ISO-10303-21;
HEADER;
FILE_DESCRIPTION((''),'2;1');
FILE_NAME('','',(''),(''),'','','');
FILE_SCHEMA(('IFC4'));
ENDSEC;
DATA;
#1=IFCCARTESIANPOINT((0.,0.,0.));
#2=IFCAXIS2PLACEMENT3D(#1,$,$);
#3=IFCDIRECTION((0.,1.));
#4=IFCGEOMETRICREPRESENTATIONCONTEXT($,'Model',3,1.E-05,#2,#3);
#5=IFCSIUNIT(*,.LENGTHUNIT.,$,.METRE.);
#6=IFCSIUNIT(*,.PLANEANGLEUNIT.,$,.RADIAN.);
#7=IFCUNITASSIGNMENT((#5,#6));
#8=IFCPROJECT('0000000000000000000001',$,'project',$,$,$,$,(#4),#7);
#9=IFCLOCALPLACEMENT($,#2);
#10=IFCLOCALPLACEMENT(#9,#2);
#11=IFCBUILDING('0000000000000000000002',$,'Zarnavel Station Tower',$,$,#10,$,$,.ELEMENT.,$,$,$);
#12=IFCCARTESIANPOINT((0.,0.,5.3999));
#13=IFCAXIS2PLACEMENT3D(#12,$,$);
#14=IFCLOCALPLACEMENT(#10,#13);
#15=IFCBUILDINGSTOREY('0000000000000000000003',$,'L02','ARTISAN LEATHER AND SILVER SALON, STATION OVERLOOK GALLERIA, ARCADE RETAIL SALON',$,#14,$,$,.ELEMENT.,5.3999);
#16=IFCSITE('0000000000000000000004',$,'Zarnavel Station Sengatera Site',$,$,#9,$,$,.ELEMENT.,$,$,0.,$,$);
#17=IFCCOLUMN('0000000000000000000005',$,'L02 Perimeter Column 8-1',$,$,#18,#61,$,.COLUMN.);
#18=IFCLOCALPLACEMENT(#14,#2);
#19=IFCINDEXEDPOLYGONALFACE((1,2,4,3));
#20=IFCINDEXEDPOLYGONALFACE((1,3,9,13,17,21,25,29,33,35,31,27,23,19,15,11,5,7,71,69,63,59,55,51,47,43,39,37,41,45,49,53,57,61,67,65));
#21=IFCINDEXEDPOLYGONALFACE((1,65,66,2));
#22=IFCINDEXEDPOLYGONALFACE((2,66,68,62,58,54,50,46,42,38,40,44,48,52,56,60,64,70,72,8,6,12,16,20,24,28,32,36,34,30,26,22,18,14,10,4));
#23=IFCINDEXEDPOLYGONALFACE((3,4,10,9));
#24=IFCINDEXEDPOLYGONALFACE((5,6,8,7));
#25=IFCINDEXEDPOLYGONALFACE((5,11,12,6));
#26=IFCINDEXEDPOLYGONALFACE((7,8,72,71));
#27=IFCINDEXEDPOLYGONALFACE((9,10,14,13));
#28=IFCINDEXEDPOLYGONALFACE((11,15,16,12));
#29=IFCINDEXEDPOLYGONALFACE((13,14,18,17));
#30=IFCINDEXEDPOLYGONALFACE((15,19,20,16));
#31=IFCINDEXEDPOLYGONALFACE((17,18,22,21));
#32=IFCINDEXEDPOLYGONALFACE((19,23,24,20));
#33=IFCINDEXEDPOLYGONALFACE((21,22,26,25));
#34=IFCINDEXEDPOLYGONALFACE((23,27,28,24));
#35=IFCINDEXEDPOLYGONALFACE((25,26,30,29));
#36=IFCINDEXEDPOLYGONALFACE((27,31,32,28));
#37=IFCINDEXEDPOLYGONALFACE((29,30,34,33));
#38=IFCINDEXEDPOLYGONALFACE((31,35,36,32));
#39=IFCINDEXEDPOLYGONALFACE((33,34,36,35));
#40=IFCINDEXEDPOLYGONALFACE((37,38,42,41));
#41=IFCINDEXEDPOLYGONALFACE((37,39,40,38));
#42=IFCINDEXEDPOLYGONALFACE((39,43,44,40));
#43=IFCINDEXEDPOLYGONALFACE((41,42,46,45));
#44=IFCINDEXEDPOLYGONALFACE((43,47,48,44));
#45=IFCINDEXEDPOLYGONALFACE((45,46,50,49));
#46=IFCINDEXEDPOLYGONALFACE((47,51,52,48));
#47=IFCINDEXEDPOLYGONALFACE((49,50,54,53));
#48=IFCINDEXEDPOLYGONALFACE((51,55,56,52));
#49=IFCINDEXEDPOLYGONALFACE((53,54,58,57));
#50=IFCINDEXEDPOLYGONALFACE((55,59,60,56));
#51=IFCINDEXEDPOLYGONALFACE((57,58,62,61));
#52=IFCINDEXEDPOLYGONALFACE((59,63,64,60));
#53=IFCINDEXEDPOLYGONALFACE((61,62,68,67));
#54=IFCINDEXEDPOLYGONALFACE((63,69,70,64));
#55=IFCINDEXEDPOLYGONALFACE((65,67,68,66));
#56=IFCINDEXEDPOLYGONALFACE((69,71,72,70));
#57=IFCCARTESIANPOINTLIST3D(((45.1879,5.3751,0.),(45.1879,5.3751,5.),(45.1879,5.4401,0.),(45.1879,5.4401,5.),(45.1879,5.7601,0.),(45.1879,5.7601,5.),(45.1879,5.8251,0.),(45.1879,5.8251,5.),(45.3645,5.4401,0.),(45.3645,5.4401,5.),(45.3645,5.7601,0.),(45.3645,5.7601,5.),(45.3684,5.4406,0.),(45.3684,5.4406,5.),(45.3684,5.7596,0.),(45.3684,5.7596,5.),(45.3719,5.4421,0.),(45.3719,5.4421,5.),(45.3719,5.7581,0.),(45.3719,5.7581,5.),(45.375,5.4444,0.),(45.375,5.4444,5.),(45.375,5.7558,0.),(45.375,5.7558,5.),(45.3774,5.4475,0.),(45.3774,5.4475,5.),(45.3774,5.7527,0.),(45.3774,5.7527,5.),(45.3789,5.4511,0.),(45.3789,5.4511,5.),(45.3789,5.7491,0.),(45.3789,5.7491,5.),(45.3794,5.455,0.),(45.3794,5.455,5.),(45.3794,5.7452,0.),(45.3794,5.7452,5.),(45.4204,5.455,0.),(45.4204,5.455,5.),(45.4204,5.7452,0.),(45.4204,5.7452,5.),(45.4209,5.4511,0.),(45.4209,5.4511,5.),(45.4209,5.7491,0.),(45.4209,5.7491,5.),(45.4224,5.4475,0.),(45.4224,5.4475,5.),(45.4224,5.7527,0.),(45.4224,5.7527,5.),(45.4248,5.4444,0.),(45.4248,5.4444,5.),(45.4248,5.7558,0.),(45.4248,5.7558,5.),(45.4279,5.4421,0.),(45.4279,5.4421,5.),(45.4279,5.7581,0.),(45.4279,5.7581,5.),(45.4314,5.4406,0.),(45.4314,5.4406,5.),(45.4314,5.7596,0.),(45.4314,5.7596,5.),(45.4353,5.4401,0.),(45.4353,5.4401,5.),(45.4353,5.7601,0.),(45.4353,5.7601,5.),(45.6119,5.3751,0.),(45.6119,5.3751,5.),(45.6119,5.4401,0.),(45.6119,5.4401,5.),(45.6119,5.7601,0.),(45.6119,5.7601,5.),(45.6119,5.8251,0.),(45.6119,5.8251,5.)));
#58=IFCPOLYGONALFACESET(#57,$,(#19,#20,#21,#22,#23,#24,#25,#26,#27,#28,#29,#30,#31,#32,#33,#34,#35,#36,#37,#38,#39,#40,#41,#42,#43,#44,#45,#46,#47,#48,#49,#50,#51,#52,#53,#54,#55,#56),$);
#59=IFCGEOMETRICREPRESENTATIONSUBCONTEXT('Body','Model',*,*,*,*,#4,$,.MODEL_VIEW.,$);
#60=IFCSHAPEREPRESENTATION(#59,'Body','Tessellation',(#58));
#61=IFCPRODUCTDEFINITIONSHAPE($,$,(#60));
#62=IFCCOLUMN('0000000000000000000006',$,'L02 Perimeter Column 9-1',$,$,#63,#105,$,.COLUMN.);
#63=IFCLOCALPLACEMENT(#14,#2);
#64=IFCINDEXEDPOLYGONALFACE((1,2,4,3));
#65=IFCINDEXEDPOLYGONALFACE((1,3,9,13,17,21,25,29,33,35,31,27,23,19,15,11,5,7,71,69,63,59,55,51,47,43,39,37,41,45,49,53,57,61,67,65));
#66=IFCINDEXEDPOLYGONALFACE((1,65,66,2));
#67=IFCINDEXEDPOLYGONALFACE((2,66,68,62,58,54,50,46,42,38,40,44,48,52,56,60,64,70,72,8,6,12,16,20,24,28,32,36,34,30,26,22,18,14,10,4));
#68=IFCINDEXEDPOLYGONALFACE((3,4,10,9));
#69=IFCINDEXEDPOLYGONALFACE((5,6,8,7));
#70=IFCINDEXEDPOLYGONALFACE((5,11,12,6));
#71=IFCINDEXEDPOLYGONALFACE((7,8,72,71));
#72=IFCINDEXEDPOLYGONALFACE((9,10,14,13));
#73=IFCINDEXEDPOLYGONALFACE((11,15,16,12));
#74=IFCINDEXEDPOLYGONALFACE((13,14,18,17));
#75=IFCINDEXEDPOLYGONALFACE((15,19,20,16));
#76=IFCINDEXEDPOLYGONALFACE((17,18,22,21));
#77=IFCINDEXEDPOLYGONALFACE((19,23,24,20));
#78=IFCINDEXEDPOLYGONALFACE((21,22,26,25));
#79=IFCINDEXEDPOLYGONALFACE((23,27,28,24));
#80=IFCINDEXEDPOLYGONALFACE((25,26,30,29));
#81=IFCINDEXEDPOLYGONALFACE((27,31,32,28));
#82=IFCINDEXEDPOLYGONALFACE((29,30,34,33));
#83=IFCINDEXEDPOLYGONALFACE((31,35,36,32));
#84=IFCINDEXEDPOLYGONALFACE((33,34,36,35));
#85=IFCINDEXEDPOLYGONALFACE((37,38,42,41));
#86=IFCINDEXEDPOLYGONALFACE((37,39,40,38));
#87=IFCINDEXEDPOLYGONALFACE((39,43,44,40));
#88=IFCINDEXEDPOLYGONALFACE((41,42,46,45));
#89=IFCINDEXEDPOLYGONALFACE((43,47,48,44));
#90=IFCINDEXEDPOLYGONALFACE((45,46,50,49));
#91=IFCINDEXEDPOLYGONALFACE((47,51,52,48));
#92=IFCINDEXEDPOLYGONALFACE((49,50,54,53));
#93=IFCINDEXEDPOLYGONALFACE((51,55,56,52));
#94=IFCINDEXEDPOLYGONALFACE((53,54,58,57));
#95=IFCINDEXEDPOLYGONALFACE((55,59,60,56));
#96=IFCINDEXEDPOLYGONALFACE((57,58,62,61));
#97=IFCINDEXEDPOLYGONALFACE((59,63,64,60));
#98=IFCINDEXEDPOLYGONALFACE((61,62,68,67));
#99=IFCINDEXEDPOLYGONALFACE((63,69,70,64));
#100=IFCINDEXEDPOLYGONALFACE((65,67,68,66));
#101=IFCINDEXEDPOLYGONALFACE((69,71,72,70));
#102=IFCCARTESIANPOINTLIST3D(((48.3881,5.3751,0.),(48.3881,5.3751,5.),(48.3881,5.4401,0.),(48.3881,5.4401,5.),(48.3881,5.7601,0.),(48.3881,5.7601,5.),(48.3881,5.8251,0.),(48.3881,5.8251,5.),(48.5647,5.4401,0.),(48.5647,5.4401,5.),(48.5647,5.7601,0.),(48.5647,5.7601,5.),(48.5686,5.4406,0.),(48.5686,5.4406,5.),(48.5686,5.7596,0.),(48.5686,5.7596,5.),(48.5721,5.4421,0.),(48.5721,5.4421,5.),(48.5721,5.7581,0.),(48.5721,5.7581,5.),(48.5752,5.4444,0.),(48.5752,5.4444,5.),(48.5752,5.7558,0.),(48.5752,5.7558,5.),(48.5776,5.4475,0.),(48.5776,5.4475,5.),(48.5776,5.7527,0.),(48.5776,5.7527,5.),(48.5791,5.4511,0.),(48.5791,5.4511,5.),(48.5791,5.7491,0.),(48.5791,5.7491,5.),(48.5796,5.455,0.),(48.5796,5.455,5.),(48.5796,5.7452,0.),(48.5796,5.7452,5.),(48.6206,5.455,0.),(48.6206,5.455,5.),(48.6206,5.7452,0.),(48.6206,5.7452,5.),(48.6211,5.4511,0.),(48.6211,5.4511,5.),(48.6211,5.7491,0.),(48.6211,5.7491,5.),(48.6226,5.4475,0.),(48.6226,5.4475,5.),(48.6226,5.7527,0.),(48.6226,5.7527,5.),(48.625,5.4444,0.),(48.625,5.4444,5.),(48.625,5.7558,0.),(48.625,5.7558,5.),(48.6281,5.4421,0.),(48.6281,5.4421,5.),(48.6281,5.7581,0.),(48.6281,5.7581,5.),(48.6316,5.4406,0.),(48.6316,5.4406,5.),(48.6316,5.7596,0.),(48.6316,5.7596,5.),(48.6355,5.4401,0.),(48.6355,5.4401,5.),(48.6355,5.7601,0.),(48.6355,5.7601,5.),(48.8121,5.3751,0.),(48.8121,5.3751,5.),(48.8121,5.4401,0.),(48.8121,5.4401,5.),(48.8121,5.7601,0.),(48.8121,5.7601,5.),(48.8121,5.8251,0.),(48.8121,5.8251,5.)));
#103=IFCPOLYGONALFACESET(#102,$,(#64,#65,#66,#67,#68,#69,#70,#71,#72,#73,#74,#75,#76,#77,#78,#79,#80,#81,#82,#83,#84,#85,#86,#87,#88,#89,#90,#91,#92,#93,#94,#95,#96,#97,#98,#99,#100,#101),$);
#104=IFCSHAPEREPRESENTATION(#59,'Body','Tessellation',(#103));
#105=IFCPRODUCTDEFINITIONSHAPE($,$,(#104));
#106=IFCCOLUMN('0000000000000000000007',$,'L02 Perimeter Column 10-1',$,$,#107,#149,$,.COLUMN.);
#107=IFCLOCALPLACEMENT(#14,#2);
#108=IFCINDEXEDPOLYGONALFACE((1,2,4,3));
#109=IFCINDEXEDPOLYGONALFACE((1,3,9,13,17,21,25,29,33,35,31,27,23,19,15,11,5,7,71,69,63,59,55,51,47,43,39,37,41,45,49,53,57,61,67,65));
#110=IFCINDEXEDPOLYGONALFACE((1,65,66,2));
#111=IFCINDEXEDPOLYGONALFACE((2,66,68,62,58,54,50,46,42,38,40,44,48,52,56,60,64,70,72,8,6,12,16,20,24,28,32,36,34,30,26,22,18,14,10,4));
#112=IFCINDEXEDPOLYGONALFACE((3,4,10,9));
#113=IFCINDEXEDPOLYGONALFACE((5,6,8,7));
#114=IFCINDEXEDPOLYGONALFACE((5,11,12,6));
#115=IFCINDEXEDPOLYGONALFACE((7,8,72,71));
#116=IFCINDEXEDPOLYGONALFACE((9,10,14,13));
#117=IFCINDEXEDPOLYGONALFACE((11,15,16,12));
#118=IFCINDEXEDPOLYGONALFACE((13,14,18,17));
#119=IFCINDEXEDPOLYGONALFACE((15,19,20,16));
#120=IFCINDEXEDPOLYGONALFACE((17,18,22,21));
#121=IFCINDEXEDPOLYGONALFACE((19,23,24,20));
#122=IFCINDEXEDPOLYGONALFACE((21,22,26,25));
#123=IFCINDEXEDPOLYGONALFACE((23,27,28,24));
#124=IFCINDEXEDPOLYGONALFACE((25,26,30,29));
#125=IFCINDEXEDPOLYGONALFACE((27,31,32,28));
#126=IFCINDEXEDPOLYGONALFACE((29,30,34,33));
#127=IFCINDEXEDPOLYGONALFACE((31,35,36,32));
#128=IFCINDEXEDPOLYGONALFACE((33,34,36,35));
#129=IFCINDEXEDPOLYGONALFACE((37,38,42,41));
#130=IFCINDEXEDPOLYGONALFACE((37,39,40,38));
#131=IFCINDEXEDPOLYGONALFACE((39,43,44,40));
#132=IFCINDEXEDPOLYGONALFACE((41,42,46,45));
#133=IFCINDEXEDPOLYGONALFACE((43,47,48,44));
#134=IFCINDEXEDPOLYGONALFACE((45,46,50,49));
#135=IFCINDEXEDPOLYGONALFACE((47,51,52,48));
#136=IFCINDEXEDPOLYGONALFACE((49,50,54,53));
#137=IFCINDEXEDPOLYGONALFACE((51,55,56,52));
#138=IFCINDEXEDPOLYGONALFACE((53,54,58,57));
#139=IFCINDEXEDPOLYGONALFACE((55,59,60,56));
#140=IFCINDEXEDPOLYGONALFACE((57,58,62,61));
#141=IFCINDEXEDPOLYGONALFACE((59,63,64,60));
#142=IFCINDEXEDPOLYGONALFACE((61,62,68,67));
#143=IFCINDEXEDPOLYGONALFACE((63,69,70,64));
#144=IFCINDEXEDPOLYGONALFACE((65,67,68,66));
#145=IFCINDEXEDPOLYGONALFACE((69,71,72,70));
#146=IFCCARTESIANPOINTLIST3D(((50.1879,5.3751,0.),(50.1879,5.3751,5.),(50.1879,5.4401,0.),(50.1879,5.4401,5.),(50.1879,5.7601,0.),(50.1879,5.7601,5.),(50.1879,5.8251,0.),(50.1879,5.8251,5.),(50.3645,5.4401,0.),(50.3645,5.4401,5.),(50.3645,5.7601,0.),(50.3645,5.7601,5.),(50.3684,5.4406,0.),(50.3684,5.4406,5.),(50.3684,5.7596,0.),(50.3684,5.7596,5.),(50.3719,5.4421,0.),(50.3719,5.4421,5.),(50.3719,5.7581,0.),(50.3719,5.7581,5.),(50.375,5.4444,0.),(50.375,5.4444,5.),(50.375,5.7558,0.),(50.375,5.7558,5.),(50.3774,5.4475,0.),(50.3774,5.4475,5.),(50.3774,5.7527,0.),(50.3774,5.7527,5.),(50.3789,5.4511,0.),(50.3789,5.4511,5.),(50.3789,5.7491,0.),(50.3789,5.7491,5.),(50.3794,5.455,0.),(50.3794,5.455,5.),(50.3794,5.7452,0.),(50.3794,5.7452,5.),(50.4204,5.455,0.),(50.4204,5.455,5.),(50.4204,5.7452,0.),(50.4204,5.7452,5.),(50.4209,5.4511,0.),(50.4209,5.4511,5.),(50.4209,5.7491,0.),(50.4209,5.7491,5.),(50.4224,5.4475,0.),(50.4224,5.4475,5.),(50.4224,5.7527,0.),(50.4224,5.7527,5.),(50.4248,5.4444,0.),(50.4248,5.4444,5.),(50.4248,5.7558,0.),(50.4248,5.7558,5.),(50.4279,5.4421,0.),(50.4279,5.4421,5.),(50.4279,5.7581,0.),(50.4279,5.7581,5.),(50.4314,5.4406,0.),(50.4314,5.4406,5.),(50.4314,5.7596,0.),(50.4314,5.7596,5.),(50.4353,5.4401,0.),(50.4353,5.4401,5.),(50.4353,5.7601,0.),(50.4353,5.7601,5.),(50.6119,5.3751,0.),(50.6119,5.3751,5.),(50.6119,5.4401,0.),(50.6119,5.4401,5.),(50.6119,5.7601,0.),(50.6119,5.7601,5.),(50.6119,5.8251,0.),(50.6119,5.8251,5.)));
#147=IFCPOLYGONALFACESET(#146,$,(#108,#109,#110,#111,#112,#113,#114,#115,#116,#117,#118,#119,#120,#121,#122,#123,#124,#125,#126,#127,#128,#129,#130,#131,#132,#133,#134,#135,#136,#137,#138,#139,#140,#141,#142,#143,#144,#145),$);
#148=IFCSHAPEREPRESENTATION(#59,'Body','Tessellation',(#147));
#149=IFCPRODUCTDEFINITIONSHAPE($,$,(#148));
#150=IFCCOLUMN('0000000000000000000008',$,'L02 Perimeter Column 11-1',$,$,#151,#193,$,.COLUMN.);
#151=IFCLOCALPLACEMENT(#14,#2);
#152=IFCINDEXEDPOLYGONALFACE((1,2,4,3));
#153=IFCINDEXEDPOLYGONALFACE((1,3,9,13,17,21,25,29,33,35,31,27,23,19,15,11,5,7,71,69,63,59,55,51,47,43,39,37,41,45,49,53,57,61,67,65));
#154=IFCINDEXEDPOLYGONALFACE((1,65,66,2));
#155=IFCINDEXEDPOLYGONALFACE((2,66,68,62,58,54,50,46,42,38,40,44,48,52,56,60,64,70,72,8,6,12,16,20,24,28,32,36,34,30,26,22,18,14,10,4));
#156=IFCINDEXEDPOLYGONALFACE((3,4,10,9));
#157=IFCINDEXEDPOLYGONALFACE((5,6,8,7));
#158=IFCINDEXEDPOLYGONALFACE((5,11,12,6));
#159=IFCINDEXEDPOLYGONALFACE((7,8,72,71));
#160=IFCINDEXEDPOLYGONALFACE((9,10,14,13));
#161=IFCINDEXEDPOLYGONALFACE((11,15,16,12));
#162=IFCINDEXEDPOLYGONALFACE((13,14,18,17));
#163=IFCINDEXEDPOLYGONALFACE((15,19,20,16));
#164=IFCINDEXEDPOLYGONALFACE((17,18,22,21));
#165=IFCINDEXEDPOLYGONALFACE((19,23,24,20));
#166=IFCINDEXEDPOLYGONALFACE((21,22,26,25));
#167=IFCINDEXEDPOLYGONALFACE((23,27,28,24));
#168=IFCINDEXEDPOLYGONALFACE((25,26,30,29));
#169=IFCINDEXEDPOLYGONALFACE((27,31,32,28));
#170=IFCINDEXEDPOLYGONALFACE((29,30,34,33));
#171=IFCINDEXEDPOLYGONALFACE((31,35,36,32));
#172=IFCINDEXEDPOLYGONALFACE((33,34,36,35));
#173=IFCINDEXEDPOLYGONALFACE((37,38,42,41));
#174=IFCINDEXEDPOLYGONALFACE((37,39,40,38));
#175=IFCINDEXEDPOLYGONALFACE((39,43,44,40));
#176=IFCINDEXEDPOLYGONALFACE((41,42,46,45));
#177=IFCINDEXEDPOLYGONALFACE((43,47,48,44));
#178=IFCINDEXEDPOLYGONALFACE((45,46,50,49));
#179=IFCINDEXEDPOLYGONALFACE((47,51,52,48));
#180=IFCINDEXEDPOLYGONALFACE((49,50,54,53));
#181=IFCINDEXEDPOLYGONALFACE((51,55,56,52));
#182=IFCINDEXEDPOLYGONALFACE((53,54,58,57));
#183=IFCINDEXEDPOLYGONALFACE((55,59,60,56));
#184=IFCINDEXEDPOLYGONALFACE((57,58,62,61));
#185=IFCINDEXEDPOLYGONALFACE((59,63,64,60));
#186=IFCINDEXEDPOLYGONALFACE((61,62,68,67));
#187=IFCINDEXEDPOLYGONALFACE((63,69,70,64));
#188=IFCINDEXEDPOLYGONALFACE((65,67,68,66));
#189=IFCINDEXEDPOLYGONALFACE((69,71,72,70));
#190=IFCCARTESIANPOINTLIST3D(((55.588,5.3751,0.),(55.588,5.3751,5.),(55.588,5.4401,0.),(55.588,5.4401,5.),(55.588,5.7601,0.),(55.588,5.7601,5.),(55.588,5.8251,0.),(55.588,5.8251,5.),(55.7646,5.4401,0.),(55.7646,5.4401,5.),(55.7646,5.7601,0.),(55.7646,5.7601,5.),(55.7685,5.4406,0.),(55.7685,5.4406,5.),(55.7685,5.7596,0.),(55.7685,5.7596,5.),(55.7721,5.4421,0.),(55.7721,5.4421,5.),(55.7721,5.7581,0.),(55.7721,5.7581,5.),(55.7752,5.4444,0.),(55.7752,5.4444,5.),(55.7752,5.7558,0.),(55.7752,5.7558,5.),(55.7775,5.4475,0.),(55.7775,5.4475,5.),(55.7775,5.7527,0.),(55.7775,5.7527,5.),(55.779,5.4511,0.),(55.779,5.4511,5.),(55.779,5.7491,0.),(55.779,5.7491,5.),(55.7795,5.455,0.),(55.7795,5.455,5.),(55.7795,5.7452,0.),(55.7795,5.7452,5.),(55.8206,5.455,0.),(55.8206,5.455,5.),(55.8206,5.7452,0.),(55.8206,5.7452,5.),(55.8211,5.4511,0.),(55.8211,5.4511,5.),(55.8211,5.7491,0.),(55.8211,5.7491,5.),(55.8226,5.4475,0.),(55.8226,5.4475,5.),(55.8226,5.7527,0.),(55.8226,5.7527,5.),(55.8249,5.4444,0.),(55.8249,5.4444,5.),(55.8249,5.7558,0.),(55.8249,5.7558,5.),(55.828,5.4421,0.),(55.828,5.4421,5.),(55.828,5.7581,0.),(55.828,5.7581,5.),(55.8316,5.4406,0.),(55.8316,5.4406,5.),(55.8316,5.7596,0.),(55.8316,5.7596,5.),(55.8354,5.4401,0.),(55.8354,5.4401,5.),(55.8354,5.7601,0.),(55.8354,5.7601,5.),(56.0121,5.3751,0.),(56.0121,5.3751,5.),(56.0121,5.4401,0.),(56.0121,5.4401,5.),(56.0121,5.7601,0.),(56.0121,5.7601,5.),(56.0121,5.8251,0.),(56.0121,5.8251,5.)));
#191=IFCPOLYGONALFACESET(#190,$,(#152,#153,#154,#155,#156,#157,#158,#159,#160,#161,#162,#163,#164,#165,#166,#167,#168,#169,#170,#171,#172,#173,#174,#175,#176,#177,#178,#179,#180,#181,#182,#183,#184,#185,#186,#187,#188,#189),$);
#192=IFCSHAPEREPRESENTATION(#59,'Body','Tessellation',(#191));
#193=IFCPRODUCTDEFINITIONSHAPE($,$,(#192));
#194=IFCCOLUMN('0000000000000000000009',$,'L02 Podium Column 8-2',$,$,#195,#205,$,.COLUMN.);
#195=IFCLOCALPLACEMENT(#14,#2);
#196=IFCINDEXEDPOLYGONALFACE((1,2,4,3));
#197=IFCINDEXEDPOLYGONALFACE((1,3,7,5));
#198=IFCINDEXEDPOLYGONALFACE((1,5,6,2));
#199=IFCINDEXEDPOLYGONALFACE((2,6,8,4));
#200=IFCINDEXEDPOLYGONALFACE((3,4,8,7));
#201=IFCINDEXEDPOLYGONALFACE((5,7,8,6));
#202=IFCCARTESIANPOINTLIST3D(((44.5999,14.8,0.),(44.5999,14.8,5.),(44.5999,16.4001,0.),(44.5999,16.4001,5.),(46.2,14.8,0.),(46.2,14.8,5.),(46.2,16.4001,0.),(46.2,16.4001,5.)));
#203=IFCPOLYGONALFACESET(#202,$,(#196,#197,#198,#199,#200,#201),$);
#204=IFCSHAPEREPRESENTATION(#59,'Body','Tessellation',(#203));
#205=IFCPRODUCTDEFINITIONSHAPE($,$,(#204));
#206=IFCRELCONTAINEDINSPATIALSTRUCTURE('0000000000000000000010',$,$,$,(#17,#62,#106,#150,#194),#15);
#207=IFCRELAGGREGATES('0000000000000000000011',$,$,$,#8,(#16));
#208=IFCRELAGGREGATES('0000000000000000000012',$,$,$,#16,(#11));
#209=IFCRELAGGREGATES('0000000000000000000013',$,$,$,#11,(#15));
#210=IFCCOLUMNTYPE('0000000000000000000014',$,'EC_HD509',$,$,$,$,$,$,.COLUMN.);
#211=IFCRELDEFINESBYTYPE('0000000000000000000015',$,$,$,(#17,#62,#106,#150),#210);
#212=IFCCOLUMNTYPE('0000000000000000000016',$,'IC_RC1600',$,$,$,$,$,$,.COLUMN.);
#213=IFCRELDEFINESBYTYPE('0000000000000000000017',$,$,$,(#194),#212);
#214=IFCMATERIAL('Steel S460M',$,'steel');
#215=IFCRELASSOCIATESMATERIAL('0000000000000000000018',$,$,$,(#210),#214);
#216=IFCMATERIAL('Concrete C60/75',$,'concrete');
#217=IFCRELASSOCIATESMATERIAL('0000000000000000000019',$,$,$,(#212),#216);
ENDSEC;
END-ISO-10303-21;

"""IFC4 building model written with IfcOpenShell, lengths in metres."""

from ifc_helpers import new_model, si_unit, direction, frame, origin, origin_2d, place, context, subcontext, project, spatial, rectangle, i_section, extrude, material, material_profile, profile_set, type_object, element, save


model = new_model("IFC4")

# Units and contexts
model_context = context("Model", 3, precision=1e-05, world=origin(), true_north=direction((0.0, 1.0)))
body_context = subcontext(model_context, "Body", "Model", "MODEL_VIEW")
ifc_project = project(units=[si_unit("LENGTHUNIT", "METRE"), si_unit("PLANEANGLEUNIT", "RADIAN")], contexts=[model_context])

# Site, building, storey
site_placement = place(None, origin())
site = spatial("IfcSite", under=ifc_project, at=site_placement, Name="Zarnavel Station Sengatera Site", CompositionType="ELEMENT", RefElevation=0.0)
building_placement = place(site_placement, origin())
building = spatial("IfcBuilding", under=site, at=building_placement, Name="Zarnavel Station Tower", CompositionType="ELEMENT")
storey_placement = place(building_placement, frame((0.0, 0.0, 5.3999)))
storey = spatial("IfcBuildingStorey", under=building, at=storey_placement, Name="L02", Description="ARTISAN LEATHER AND SILVER SALON, STATION OVERLOOK GALLERIA, ARCADE RETAIL SALON", CompositionType="ELEMENT", Elevation=5.3999)

# Columns
ifc_material_1 = material(Name="Steel S460M", Category="steel")
ifc_material_profile_1 = material_profile(ifc_material_1, i_section(OverallWidth=0.4241, OverallDepth=0.45, WebThickness=0.041, FlangeThickness=0.0649, FilletRadius=0.0149, at=origin_2d()), Name="HD400x509")
ifc_profile_set_1 = profile_set([ifc_material_profile_1], Name="Steel S460M")
column_type_1 = type_object("IfcColumnType", Name="EC_HD509", PredefinedType="COLUMN", material=ifc_profile_set_1)
for number, where, z_axis, x_axis, name in (
    (1, (45.3999, 5.6001, 0.0), (0.0, 0.0, 1.0), (1.0, 0.0, 0.0), "L02 Perimeter Column 8-1"),
    (2, (48.6001, 5.6001, 0.0), (0.0, 0.0, 1.0), (1.0, 0.0, 0.0), "L02 Perimeter Column 9-1"),
    (3, (50.3999, 5.6001, 0.0), (0.0, 0.0, 1.0), (1.0, 0.0, 0.0), "L02 Perimeter Column 10-1"),
    (4, (55.8, 5.6001, 0.0), (0.0, 0.0, 1.0), (1.0, 0.0, 0.0), "L02 Perimeter Column 11-1"),
):
    element("IfcColumn", number, at=place(storey_placement, frame(where, z_axis=z_axis, x_axis=x_axis)), inside=storey, type_object=column_type_1, Name=name, PredefinedType="COLUMN", context=body_context, shape_type="SweptSolid", body=[
        extrude(i_section(OverallWidth=0.4241, OverallDepth=0.45, WebThickness=0.041, FlangeThickness=0.0649, FilletRadius=0.0149, at=origin_2d()), origin(), (0.0, 0.0, 1.0), 5.0),
    ])
ifc_material_2 = material(Name="Concrete C60/75", Category="concrete")
ifc_material_profile_2 = material_profile(ifc_material_2, rectangle(XDim=1.6001, YDim=1.6001, at=origin_2d()), Name="RC1600x1600")
ifc_profile_set_2 = profile_set([ifc_material_profile_2], Name="Concrete C60/75")
column_type_2 = type_object("IfcColumnType", Name="IC_RC1600", PredefinedType="COLUMN", material=ifc_profile_set_2)
column_placement = place(storey_placement, frame((45.3999, 15.6001, 0.0), z_axis=(0.0, 0.0, 1.0), x_axis=(1.0, 0.0, 0.0)))
element("IfcColumn", 5, at=column_placement, inside=storey, type_object=column_type_2, Name="L02 Podium Column 8-2", PredefinedType="COLUMN", context=body_context, shape_type="SweptSolid", body=[
    extrude(rectangle(XDim=1.6001, YDim=1.6001, at=origin_2d()), origin(), (0.0, 0.0, 1.0), 5.0),
])

save(model, "model.ifc")
